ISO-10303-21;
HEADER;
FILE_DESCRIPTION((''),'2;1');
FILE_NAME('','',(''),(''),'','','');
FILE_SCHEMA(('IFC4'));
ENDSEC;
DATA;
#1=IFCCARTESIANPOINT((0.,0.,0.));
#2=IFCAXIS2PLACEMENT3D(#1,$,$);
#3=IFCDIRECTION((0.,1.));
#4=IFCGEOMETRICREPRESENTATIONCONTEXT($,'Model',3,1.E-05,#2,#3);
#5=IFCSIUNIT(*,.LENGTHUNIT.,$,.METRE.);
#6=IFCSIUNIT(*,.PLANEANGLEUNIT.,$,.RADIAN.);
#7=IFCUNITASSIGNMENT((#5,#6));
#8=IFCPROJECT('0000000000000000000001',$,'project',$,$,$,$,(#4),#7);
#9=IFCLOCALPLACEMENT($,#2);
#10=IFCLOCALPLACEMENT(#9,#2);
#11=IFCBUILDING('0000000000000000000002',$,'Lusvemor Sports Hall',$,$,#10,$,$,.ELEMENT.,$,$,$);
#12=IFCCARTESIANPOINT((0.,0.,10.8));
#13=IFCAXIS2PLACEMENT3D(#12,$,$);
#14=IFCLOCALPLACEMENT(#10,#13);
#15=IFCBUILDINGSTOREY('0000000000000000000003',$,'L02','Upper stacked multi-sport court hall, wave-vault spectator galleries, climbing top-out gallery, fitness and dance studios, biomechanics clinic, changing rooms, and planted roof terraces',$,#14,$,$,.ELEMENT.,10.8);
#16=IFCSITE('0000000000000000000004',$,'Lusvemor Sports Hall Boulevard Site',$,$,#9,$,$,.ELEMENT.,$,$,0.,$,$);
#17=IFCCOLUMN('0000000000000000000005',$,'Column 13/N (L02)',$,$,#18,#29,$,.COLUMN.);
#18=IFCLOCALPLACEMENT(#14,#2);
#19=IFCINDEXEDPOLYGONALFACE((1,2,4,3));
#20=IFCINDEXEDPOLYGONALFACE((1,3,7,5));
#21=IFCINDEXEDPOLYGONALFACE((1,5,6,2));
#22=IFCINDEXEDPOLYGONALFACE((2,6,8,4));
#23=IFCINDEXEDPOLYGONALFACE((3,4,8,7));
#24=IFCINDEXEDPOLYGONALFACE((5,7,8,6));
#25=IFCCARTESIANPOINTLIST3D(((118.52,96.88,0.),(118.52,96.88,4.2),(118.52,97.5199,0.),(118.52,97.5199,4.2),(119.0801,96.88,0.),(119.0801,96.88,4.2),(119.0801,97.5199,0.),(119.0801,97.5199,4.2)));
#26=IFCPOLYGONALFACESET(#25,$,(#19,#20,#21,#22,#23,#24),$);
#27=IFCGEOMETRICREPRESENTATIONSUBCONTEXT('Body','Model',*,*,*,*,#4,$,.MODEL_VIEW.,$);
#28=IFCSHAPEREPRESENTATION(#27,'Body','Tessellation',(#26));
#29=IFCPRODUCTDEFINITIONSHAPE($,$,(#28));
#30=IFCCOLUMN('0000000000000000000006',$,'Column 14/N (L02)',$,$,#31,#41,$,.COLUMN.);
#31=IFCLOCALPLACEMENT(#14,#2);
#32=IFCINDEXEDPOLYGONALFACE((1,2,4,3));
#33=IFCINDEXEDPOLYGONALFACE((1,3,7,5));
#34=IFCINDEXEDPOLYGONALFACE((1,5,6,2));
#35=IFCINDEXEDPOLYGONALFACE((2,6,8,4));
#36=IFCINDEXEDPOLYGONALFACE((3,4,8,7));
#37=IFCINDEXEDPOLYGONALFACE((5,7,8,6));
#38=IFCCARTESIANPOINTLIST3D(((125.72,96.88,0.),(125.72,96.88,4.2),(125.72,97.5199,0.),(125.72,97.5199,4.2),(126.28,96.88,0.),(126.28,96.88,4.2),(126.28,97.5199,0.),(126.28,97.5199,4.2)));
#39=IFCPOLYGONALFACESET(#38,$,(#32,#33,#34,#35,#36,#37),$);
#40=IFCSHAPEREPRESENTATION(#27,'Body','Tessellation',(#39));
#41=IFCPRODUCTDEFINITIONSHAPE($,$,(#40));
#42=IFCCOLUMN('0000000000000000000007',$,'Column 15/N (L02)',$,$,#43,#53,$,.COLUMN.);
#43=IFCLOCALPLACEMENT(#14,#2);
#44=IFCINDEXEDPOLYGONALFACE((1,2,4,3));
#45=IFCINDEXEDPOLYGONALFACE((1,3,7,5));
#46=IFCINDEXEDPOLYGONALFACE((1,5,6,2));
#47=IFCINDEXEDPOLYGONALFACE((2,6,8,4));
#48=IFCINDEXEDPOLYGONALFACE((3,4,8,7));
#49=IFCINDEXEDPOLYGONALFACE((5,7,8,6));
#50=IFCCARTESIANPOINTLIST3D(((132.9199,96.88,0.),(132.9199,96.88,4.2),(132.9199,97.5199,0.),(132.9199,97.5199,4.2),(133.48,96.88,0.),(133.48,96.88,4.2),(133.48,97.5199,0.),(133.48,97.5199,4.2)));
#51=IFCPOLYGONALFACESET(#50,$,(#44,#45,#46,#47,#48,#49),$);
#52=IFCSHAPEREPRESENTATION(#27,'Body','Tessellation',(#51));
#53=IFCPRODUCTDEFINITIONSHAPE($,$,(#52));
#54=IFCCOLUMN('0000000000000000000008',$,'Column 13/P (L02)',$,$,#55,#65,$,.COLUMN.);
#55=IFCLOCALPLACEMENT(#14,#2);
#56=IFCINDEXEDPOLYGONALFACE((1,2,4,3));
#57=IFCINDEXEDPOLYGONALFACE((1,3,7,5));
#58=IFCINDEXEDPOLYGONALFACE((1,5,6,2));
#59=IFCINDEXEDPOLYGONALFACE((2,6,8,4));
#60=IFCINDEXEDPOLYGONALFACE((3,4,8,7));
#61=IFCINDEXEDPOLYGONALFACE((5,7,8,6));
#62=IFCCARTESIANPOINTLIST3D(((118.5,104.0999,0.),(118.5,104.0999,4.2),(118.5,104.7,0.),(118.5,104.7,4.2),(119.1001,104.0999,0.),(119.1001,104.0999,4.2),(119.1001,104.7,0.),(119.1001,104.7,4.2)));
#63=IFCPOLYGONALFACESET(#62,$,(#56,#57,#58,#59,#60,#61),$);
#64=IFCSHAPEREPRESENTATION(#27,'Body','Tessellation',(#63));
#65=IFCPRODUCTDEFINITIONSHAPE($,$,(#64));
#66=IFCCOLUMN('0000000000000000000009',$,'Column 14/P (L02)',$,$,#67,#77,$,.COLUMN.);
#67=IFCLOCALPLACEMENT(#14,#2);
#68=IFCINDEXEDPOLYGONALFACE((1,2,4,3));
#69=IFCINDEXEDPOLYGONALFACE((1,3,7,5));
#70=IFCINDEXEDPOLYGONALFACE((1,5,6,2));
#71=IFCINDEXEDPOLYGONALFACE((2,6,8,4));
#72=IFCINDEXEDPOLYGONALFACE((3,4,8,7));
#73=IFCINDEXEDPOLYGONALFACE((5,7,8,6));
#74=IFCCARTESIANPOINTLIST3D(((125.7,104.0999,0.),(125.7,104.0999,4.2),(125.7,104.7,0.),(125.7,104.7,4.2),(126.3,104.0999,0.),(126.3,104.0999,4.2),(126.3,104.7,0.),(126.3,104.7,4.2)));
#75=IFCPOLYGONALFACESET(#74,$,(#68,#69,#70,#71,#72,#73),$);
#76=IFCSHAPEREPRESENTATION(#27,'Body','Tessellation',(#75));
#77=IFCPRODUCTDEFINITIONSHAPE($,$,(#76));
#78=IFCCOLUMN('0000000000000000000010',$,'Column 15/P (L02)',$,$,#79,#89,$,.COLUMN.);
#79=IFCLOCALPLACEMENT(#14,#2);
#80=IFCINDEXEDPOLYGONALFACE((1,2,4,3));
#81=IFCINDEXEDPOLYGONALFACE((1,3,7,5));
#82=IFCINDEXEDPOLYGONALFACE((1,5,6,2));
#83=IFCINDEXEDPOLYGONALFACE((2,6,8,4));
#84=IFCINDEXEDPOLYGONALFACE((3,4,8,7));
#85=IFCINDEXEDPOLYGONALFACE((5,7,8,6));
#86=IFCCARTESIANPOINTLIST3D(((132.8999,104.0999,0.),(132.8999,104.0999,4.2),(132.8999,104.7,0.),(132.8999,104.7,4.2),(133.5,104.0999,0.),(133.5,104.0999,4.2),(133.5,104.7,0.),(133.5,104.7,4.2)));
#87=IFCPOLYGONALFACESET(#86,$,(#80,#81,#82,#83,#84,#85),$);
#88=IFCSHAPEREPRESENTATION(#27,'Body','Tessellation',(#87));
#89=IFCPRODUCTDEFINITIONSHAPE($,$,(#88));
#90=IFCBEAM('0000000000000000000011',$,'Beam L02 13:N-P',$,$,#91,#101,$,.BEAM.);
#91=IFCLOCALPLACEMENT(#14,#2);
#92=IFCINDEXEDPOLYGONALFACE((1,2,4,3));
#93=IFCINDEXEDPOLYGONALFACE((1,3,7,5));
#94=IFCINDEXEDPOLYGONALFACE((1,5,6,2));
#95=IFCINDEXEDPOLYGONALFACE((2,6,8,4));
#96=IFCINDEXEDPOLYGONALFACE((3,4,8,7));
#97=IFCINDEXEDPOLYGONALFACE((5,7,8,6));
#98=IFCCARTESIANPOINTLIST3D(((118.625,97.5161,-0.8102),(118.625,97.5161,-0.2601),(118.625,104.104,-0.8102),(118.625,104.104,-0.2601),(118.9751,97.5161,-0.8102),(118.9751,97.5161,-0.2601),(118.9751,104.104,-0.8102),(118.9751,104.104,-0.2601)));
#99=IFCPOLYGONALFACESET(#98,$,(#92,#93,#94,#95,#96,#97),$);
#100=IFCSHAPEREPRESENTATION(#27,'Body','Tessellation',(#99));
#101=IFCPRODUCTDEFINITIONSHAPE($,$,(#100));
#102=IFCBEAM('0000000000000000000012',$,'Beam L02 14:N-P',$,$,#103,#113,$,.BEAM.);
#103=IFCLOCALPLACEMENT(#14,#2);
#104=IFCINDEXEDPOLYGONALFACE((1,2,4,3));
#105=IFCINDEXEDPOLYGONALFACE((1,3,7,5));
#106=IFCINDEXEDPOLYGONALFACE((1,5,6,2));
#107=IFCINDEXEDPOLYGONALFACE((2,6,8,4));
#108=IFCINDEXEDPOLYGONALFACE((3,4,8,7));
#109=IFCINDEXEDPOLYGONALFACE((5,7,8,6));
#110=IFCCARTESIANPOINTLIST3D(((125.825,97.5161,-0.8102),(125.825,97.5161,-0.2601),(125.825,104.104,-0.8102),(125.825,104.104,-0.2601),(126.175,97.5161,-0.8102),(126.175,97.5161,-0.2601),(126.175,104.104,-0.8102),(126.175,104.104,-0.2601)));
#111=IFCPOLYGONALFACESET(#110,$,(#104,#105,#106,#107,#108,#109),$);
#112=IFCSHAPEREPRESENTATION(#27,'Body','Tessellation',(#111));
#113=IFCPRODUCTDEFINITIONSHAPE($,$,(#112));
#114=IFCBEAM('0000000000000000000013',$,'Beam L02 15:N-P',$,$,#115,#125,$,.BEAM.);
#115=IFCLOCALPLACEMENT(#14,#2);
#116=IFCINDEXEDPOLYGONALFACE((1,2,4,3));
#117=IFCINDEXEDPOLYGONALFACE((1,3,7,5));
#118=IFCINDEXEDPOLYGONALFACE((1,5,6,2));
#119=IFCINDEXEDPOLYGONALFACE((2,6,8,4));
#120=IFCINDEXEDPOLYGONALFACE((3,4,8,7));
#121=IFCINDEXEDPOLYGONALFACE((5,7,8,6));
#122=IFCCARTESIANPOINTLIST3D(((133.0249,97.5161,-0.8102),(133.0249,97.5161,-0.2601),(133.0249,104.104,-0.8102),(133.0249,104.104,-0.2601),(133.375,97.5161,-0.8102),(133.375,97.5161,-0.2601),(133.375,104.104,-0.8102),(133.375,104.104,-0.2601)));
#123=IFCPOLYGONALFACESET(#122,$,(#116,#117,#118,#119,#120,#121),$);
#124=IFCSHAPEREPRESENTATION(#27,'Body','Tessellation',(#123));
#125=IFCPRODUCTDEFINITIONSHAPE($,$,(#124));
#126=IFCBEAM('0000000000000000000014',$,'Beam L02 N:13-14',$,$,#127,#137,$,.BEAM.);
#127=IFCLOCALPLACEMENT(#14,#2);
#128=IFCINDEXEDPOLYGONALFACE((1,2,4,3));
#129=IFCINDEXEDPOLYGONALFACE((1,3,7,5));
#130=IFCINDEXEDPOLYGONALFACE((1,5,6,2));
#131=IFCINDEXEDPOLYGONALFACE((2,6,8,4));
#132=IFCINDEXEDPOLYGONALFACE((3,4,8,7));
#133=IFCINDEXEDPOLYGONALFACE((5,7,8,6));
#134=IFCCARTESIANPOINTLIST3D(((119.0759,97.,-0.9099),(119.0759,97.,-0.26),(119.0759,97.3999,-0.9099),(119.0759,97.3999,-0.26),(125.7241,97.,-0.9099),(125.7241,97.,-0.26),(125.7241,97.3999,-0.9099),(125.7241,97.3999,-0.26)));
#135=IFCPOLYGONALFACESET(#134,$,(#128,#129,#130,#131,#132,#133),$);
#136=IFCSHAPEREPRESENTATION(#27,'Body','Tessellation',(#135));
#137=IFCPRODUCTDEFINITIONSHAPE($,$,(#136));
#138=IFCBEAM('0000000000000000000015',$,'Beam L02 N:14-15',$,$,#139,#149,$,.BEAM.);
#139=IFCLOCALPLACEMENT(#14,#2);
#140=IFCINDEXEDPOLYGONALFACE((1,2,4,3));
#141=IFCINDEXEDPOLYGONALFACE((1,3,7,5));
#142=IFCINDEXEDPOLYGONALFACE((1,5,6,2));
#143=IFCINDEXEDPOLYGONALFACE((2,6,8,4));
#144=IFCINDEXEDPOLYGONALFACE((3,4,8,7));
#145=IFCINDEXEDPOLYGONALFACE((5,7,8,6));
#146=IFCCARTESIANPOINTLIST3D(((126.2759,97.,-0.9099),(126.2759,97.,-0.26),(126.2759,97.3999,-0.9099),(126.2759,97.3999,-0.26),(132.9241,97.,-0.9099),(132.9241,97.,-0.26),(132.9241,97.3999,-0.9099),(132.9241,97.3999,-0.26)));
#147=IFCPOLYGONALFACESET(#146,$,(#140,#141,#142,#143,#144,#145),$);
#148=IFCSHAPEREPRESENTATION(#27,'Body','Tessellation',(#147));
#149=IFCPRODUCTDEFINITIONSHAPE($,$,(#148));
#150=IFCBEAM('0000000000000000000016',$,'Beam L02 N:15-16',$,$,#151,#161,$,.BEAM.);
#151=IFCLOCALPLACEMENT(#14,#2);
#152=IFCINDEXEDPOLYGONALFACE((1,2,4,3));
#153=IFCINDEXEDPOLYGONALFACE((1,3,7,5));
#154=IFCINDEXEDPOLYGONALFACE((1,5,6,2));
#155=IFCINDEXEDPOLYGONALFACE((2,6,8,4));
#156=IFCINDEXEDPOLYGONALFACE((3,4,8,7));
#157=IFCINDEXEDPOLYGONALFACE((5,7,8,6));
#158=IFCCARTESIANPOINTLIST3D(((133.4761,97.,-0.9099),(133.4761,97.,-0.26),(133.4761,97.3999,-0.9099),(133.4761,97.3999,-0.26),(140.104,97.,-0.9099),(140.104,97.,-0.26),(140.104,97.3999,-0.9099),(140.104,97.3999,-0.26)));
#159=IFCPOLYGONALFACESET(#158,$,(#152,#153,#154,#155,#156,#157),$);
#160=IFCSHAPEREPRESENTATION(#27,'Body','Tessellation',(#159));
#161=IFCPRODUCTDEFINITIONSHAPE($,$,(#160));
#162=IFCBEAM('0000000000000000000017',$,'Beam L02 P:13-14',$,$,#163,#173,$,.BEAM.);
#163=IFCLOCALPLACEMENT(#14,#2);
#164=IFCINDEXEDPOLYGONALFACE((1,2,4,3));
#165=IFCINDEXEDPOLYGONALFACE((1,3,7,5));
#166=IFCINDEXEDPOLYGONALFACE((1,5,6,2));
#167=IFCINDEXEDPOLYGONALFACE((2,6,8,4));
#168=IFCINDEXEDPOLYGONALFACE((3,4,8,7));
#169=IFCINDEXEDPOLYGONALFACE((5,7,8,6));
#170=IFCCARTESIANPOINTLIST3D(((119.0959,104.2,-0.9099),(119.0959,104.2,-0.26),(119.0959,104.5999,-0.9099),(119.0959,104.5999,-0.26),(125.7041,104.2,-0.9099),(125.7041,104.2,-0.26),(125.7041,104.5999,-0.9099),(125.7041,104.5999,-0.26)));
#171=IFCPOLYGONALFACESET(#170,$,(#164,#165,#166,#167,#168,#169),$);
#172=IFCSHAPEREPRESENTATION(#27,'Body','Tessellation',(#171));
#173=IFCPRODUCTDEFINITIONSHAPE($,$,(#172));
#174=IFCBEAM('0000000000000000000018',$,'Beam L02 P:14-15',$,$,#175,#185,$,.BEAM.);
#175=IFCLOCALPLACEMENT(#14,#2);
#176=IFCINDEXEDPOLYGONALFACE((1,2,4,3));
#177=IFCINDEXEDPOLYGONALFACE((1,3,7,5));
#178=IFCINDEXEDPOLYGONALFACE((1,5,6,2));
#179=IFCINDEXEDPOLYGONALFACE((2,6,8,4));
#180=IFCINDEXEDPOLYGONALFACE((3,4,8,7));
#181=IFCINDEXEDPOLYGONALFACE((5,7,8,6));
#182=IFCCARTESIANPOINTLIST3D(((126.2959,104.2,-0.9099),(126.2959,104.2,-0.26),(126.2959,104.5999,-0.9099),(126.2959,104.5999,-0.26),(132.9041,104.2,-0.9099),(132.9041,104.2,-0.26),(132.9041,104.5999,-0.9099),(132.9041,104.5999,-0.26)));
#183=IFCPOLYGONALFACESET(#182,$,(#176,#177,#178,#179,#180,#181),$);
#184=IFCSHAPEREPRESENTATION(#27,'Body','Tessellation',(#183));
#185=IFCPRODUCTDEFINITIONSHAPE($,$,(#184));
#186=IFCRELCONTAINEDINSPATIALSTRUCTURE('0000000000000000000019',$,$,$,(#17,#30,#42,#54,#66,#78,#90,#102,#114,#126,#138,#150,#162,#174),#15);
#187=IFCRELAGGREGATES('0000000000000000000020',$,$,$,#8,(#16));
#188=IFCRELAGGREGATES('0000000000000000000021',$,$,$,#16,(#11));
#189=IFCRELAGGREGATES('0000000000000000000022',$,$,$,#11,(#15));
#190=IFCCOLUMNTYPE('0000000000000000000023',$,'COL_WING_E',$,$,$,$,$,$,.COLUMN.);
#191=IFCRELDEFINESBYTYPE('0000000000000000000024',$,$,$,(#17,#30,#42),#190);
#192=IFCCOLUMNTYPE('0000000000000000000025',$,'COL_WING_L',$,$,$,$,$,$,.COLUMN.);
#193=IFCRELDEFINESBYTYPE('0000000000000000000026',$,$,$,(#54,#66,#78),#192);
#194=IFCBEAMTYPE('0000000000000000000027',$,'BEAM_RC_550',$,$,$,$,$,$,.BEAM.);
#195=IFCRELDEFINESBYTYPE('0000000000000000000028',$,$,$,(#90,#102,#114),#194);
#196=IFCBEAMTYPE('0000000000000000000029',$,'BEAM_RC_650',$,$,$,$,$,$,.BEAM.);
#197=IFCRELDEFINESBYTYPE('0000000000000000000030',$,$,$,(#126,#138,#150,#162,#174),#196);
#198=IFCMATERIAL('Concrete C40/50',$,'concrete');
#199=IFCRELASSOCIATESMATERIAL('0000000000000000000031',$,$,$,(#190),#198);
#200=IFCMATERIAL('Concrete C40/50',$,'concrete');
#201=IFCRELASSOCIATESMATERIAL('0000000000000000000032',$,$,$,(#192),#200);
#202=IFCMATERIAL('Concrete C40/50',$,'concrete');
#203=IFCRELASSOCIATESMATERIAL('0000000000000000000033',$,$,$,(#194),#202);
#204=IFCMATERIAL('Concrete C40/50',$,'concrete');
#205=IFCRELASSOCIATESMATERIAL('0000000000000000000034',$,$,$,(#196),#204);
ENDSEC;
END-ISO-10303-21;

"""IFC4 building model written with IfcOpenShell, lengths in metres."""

from ifc_helpers import new_model, si_unit, direction, frame, origin, origin_2d, place, context, subcontext, project, spatial, rectangle, extrude, material, material_profile, profile_set, type_object, element, save


model = new_model("IFC4")

# Units and contexts
model_context = context("Model", 3, precision=1e-05, world=origin(), true_north=direction((0.0, 1.0)))
body_context = subcontext(model_context, "Body", "Model", "MODEL_VIEW")
ifc_project = project(units=[si_unit("LENGTHUNIT", "METRE"), si_unit("PLANEANGLEUNIT", "RADIAN")], contexts=[model_context])

# Site, building, storey
site_placement = place(None, origin())
site = spatial("IfcSite", under=ifc_project, at=site_placement, Name="Lusvemor Sports Hall Boulevard Site", CompositionType="ELEMENT", RefElevation=0.0)
building_placement = place(site_placement, origin())
building = spatial("IfcBuilding", under=site, at=building_placement, Name="Lusvemor Sports Hall", CompositionType="ELEMENT")
storey_placement = place(building_placement, frame((0.0, 0.0, 10.8)))
storey = spatial("IfcBuildingStorey", under=building, at=storey_placement, Name="L02", Description="Upper stacked multi-sport court hall, wave-vault spectator galleries, climbing top-out gallery, fitness and dance studios, biomechanics clinic, changing rooms, and planted roof terraces", CompositionType="ELEMENT", Elevation=10.8)

# Columns
ifc_material_1 = material(Name="Concrete C40/50", Category="concrete")
ifc_material_profile_1 = material_profile(ifc_material_1, rectangle(XDim=0.5601, YDim=0.6399, at=origin_2d()), Name="RC560x640")
ifc_profile_set_1 = profile_set([ifc_material_profile_1], Name="Concrete C40/50")
column_type_1 = type_object("IfcColumnType", Name="COL_WING_E", PredefinedType="COLUMN", material=ifc_profile_set_1)
for number, where, z_axis, x_axis, name in (
    (1, (118.8, 97.2, 0.0), (0.0, 0.0, 1.0), (1.0, 0.0, 0.0), "Column 13/N (L02)"),
    (2, (126.0, 97.2, 0.0), (0.0, 0.0, 1.0), (1.0, 0.0, 0.0), "Column 14/N (L02)"),
    (3, (133.2, 97.2, 0.0), (0.0, 0.0, 1.0), (1.0, 0.0, 0.0), "Column 15/N (L02)"),
):
    element("IfcColumn", number, at=place(storey_placement, frame(where, z_axis=z_axis, x_axis=x_axis)), inside=storey, type_object=column_type_1, Name=name, PredefinedType="COLUMN", context=body_context, shape_type="SweptSolid", body=[
        extrude(rectangle(XDim=0.5601, YDim=0.6399, at=origin_2d()), origin(), (0.0, 0.0, 1.0), 4.2),
    ])
ifc_material_2 = material(Name="Concrete C40/50", Category="concrete")
ifc_material_profile_2 = material_profile(ifc_material_2, rectangle(XDim=0.6001, YDim=0.6001, at=origin_2d()), Name="RC600x600")
ifc_profile_set_2 = profile_set([ifc_material_profile_2], Name="Concrete C40/50")
column_type_2 = type_object("IfcColumnType", Name="COL_WING_L", PredefinedType="COLUMN", material=ifc_profile_set_2)
for number, where, z_axis, x_axis, name in (
    (4, (118.8, 104.3999, 0.0), (0.0, 0.0, 1.0), (1.0, 0.0, 0.0), "Column 13/P (L02)"),
    (5, (126.0, 104.3999, 0.0), (0.0, 0.0, 1.0), (1.0, 0.0, 0.0), "Column 14/P (L02)"),
    (6, (133.2, 104.3999, 0.0), (0.0, 0.0, 1.0), (1.0, 0.0, 0.0), "Column 15/P (L02)"),
):
    element("IfcColumn", number, at=place(storey_placement, frame(where, z_axis=z_axis, x_axis=x_axis)), inside=storey, type_object=column_type_2, Name=name, PredefinedType="COLUMN", context=body_context, shape_type="SweptSolid", body=[
        extrude(rectangle(XDim=0.6001, YDim=0.6001, at=origin_2d()), origin(), (0.0, 0.0, 1.0), 4.2),
    ])

# Beams
ifc_material_3 = material(Name="Concrete C40/50", Category="concrete")
ifc_material_profile_3 = material_profile(ifc_material_3, rectangle(XDim=0.3501, YDim=0.55, at=origin_2d()), Name="RC350x550")
ifc_profile_set_3 = profile_set([ifc_material_profile_3], Name="Concrete C40/50")
beam_type_1 = type_object("IfcBeamType", Name="BEAM_RC_550", PredefinedType="BEAM", material=ifc_profile_set_3)
for number, where, z_axis, x_axis, name in (
    (7, (118.8, 97.5161, -0.5352), (0.0, 1.0, 0.0), (-1.0, 0.0, 0.0), "Beam L02 13:N-P"),
    (8, (126.0, 97.5161, -0.5352), (0.0, 1.0, 0.0), (-1.0, 0.0, 0.0), "Beam L02 14:N-P"),
    (9, (133.2, 97.5161, -0.5352), (0.0, 1.0, 0.0), (-1.0, 0.0, 0.0), "Beam L02 15:N-P"),
):
    element("IfcBeam", number, at=place(storey_placement, frame(where, z_axis=z_axis, x_axis=x_axis)), inside=storey, type_object=beam_type_1, Name=name, PredefinedType="BEAM", context=body_context, shape_type="SweptSolid", body=[
        extrude(rectangle(XDim=0.3501, YDim=0.55, at=origin_2d()), origin(), (0.0, 0.0, 1.0), 6.5879),
    ])
ifc_material_4 = material(Name="Concrete C40/50", Category="concrete")
ifc_material_profile_4 = material_profile(ifc_material_4, rectangle(XDim=0.3999, YDim=0.6499, at=origin_2d()), Name="RC400x650")
ifc_profile_set_4 = profile_set([ifc_material_profile_4], Name="Concrete C40/50")
beam_type_2 = type_object("IfcBeamType", Name="BEAM_RC_650", PredefinedType="BEAM", material=ifc_profile_set_4)
for number, where, z_axis, x_axis, name in (
    (10, (119.0759, 97.2, -0.585), (1.0, 0.0, 0.0), (0.0, 1.0, 0.0), "Beam L02 N:13-14"),
    (11, (126.2759, 97.2, -0.585), (1.0, 0.0, 0.0), (0.0, 1.0, 0.0), "Beam L02 N:14-15"),
):
    element("IfcBeam", number, at=place(storey_placement, frame(where, z_axis=z_axis, x_axis=x_axis)), inside=storey, type_object=beam_type_2, Name=name, PredefinedType="BEAM", context=body_context, shape_type="SweptSolid", body=[
        extrude(rectangle(XDim=0.3999, YDim=0.6499, at=origin_2d()), origin(), (0.0, 0.0, 1.0), 6.6482),
    ])
beam_placement = place(storey_placement, frame((133.4761, 97.2, -0.585), z_axis=(1.0, 0.0, 0.0), x_axis=(0.0, 1.0, 0.0)))
element("IfcBeam", 12, at=beam_placement, inside=storey, type_object=beam_type_2, Name="Beam L02 N:15-16", PredefinedType="BEAM", context=body_context, shape_type="SweptSolid", body=[
    extrude(rectangle(XDim=0.3999, YDim=0.6499, at=origin_2d()), origin(), (0.0, 0.0, 1.0), 6.6279),
])
for number, where, z_axis, x_axis, name in (
    (13, (119.0959, 104.3999, -0.585), (1.0, 0.0, 0.0), (0.0, 1.0, 0.0), "Beam L02 P:13-14"),
    (14, (126.2959, 104.3999, -0.585), (1.0, 0.0, 0.0), (0.0, 1.0, 0.0), "Beam L02 P:14-15"),
):
    element("IfcBeam", number, at=place(storey_placement, frame(where, z_axis=z_axis, x_axis=x_axis)), inside=storey, type_object=beam_type_2, Name=name, PredefinedType="BEAM", context=body_context, shape_type="SweptSolid", body=[
        extrude(rectangle(XDim=0.3999, YDim=0.6499, at=origin_2d()), origin(), (0.0, 0.0, 1.0), 6.6082),
    ])

save(model, "model.ifc")
